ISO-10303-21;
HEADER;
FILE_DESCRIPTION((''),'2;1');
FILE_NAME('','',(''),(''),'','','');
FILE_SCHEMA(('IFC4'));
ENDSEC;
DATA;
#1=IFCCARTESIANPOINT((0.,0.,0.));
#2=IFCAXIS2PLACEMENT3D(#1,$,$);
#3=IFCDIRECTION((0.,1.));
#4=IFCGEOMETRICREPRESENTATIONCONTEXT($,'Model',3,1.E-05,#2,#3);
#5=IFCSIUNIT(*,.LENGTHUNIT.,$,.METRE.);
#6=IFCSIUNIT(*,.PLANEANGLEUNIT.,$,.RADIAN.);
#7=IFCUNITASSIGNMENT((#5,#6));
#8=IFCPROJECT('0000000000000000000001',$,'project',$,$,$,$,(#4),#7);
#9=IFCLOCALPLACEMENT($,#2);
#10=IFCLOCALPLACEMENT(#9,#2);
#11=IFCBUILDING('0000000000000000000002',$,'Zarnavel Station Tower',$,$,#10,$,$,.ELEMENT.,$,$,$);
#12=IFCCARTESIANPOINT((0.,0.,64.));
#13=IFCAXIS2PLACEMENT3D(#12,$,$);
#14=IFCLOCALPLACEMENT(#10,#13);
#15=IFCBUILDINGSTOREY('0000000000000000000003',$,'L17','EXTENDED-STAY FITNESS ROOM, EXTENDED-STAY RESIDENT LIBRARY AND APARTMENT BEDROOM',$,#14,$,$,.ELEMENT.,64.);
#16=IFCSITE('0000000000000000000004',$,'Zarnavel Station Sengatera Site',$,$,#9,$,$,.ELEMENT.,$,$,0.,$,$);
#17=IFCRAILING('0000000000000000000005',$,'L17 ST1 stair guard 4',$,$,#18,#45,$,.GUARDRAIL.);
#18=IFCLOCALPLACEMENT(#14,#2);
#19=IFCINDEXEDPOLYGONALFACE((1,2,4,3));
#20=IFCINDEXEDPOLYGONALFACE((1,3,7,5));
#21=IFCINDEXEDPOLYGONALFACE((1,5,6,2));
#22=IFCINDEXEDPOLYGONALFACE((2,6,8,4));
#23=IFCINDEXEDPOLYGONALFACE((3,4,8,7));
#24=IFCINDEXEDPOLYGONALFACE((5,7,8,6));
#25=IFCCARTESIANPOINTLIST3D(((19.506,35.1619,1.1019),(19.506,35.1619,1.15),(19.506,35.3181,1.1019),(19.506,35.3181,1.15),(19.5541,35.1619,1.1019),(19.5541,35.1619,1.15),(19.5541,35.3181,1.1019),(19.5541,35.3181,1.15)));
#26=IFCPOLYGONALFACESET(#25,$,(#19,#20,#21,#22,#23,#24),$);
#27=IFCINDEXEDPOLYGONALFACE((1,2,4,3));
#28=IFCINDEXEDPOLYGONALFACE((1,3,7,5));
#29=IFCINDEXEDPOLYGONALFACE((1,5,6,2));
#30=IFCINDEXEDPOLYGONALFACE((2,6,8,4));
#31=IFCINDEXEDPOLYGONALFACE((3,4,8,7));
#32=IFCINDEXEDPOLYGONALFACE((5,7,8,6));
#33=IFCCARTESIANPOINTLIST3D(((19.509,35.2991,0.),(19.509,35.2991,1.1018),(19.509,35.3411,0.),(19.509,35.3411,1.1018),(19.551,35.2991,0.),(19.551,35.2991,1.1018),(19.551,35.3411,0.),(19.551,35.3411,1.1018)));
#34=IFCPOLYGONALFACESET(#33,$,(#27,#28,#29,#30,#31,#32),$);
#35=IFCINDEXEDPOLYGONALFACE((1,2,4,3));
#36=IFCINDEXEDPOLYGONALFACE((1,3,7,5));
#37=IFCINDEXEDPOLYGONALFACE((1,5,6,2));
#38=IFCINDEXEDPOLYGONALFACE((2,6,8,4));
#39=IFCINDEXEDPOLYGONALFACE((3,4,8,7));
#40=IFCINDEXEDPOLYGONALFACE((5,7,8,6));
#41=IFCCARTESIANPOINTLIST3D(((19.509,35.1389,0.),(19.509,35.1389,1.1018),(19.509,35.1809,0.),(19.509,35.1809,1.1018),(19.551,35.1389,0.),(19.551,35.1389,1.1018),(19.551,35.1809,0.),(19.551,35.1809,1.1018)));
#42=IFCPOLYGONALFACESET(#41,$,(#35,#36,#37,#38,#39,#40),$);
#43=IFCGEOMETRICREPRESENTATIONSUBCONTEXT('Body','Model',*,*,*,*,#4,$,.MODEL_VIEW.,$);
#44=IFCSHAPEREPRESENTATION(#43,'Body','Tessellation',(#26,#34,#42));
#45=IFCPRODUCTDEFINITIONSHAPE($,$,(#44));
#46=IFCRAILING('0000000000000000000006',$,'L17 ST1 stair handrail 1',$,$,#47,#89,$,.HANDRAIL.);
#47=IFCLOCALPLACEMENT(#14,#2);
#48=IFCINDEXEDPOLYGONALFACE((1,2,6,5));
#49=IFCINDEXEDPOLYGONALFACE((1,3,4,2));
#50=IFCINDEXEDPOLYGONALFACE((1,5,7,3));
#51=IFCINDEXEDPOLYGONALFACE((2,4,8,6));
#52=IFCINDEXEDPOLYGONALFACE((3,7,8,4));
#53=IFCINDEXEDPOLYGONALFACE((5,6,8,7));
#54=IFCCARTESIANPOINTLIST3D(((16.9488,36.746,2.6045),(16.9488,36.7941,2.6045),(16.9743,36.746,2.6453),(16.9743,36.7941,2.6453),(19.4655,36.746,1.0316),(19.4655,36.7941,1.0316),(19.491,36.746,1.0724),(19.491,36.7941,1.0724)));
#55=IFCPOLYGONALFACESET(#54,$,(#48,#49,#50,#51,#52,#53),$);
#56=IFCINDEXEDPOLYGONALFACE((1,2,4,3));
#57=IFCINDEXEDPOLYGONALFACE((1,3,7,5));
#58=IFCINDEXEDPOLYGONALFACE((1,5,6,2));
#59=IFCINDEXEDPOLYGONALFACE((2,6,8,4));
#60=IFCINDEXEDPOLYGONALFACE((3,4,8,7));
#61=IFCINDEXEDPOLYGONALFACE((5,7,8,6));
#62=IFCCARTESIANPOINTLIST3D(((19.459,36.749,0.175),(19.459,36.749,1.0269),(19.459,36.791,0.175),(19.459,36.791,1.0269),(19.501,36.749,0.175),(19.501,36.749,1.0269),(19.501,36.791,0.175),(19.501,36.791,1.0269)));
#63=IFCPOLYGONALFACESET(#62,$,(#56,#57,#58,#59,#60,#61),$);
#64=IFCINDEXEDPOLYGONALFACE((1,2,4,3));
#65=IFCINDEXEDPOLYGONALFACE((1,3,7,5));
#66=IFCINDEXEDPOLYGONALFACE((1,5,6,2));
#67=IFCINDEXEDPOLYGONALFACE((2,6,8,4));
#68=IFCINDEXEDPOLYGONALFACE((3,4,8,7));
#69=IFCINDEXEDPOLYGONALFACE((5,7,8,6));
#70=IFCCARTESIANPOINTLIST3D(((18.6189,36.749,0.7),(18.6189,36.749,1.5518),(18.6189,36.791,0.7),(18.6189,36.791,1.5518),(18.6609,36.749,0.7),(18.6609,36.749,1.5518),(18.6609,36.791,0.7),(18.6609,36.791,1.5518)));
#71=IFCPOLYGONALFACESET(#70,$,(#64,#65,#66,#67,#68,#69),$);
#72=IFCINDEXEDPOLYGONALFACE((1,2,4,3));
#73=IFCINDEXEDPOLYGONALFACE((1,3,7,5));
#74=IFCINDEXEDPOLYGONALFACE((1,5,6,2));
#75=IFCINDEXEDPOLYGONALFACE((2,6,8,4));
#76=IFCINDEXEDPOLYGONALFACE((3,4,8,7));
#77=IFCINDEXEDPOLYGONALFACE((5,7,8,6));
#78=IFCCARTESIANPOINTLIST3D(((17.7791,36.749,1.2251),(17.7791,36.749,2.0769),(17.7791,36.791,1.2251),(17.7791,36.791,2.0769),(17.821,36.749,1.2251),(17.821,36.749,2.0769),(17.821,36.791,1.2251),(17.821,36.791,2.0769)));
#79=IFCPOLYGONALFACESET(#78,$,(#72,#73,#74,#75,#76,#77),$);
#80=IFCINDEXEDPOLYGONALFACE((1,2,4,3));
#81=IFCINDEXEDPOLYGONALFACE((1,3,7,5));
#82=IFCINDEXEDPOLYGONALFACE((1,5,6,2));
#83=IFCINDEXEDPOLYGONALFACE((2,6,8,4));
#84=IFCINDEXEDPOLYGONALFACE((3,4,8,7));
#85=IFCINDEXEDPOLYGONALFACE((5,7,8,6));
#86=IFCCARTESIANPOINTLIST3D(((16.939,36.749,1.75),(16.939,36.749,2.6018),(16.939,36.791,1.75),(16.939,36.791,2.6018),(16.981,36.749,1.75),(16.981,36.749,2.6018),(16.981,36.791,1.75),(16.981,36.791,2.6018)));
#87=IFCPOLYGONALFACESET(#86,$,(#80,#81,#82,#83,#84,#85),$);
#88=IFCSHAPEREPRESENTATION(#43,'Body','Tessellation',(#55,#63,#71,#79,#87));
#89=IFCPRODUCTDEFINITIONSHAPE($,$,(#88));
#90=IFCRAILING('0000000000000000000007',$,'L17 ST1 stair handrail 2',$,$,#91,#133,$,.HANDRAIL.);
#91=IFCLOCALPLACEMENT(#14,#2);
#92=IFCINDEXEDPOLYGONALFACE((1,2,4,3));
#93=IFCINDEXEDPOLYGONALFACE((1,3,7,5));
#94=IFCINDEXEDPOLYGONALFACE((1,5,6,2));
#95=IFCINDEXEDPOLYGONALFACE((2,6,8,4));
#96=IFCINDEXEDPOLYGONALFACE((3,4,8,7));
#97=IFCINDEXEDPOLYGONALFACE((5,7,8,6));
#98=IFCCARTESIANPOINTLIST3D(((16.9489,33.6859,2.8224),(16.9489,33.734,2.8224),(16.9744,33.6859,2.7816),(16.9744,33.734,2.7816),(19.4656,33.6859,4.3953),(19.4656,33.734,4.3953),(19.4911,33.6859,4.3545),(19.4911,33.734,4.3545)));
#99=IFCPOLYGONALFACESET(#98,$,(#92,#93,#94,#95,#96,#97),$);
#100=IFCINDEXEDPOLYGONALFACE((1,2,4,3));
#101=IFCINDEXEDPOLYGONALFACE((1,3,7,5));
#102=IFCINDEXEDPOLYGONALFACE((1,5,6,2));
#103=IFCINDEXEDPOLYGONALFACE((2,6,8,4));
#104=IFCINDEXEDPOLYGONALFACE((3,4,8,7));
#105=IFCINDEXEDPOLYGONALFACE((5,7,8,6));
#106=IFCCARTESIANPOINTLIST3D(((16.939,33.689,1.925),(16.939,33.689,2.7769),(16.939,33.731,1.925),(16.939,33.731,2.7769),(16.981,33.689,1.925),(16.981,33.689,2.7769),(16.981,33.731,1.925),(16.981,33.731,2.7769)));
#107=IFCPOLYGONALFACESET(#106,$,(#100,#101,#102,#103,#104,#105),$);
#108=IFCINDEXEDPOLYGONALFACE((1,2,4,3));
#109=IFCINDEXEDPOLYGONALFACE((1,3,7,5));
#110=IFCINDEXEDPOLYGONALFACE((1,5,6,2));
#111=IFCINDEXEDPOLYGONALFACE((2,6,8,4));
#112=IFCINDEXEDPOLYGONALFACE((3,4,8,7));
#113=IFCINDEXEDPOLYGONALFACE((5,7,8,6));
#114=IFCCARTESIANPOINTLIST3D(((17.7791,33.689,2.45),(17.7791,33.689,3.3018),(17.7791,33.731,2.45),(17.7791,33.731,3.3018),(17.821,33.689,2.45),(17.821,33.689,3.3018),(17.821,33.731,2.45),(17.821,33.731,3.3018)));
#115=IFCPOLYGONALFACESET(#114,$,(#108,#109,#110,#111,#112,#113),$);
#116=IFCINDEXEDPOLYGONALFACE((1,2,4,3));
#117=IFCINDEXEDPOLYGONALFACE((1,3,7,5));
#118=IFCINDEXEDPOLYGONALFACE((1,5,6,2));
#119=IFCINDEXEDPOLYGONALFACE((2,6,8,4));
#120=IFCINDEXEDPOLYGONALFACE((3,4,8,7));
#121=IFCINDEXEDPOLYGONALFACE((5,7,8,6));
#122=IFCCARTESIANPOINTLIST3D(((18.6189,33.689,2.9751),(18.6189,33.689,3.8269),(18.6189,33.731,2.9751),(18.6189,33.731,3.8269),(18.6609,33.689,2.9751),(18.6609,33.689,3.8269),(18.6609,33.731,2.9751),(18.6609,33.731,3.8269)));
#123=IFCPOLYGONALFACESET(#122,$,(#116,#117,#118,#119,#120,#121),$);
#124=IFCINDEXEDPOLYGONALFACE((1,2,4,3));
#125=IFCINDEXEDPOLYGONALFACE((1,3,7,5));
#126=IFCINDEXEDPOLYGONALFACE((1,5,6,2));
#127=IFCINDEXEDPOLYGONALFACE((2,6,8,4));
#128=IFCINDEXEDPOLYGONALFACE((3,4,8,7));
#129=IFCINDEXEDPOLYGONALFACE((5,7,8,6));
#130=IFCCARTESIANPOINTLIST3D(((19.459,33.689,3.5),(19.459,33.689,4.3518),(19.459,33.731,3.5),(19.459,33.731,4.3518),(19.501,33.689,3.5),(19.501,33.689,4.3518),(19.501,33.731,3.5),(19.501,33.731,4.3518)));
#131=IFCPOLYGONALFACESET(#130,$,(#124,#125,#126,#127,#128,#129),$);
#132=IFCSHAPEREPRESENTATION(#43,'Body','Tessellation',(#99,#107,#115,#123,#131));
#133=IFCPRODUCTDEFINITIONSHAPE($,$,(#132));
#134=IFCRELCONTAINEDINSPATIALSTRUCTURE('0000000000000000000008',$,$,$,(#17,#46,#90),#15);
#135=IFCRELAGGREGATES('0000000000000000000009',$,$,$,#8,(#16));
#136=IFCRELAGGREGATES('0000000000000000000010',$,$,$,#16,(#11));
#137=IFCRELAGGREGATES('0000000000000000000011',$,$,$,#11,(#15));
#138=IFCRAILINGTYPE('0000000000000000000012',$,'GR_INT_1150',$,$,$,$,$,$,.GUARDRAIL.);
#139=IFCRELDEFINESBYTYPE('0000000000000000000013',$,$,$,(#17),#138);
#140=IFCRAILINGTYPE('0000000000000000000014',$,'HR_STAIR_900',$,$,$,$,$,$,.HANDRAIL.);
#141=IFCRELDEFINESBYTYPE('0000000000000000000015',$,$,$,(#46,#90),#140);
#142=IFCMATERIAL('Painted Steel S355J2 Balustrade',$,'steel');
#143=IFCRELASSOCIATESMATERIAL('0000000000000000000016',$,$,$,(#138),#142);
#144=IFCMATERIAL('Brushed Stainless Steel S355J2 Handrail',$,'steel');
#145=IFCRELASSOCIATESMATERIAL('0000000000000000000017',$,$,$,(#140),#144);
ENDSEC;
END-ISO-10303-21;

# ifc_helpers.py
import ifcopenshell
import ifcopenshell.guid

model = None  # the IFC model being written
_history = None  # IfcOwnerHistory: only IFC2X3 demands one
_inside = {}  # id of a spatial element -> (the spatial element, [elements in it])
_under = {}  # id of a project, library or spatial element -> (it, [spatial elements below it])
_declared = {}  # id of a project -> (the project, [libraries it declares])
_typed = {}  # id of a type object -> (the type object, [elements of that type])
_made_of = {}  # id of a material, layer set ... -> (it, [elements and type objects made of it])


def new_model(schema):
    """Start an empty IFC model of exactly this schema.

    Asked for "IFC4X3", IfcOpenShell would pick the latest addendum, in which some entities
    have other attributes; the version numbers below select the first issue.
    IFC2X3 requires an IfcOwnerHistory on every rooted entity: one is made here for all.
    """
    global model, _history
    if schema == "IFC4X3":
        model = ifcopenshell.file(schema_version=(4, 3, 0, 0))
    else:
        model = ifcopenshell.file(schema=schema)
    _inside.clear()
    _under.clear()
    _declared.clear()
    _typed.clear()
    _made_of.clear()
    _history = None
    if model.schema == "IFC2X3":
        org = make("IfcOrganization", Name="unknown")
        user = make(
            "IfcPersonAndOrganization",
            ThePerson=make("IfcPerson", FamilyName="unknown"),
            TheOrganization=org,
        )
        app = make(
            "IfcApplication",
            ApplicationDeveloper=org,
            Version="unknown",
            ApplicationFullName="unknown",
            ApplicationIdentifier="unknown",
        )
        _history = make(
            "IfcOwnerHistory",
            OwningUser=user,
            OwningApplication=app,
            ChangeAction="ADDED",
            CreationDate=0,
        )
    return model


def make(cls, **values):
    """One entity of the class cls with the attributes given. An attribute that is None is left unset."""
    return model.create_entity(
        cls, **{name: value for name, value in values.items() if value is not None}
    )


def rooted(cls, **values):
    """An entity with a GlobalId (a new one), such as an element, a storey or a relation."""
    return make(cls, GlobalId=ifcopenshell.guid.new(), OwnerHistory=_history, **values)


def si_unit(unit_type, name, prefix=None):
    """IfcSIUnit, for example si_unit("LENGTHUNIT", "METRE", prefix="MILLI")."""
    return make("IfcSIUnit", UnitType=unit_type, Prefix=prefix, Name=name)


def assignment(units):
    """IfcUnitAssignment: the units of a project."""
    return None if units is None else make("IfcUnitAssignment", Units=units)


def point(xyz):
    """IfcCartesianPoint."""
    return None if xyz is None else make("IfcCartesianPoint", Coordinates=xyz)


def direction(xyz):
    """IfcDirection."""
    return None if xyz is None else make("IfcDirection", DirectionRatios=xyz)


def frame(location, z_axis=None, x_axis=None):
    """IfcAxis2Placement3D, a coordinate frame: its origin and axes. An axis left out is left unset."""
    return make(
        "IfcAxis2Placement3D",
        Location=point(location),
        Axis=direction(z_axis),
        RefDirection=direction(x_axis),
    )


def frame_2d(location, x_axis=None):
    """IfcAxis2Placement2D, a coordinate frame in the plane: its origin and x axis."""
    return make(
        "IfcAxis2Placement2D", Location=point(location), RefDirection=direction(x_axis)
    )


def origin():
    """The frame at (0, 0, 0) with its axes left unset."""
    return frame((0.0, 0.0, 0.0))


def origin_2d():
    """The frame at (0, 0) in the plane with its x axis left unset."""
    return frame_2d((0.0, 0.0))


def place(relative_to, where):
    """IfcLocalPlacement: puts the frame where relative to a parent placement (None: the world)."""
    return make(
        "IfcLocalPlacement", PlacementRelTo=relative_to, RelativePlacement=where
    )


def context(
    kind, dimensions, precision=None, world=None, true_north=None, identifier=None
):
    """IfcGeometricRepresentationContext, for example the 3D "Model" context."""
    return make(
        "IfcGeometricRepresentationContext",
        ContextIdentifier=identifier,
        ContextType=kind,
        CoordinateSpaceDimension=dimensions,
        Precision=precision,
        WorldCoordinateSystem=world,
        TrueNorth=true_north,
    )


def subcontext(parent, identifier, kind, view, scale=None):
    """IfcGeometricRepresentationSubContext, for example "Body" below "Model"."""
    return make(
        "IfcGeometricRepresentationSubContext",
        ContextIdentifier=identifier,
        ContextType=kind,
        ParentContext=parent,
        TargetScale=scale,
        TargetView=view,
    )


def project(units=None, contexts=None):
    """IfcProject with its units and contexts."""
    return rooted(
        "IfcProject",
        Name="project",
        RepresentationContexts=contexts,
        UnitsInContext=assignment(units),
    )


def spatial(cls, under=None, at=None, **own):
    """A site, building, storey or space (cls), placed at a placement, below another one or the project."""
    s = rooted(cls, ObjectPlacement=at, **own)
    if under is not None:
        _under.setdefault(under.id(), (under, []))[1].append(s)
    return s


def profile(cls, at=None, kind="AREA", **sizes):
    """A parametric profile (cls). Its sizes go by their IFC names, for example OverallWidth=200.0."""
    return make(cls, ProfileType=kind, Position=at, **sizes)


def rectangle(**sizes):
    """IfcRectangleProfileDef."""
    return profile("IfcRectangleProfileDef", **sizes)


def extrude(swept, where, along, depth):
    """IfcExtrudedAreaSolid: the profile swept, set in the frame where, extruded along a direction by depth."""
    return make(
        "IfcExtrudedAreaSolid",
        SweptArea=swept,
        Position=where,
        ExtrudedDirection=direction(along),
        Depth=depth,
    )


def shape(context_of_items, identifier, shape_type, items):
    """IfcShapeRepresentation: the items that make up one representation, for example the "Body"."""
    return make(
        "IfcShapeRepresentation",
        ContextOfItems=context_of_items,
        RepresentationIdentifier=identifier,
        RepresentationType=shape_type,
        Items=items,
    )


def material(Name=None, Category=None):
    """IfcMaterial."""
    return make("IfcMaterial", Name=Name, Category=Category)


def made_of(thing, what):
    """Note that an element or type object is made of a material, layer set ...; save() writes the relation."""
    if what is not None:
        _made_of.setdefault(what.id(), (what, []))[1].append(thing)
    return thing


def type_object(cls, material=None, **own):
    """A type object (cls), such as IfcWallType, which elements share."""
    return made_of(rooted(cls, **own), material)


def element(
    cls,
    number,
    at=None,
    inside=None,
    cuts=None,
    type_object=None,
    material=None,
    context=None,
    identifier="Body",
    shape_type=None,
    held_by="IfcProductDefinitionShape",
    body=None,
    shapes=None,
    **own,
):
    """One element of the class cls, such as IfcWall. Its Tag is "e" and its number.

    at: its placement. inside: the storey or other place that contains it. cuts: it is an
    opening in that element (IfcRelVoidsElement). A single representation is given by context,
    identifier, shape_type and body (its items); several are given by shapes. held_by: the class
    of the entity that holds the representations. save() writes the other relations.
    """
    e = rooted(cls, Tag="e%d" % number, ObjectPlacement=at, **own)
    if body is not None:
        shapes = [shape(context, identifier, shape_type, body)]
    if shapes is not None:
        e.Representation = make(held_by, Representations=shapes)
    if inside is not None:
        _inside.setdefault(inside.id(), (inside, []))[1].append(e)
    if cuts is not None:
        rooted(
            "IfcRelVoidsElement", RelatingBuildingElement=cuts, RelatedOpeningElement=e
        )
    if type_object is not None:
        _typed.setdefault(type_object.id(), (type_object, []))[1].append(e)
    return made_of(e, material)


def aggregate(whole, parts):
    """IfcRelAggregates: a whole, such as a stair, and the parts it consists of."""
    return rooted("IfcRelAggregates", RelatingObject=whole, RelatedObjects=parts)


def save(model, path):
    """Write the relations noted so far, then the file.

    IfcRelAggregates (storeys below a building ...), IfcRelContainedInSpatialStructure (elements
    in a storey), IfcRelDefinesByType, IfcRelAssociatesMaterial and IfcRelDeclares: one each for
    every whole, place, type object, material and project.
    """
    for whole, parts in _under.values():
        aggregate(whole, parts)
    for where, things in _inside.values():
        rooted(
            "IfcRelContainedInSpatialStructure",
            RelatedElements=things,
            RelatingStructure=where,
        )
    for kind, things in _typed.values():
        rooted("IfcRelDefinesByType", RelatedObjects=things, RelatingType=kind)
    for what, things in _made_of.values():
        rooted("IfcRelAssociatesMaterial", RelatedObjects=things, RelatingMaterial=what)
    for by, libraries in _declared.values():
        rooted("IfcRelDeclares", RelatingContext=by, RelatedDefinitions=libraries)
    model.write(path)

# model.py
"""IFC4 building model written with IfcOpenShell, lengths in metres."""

from ifc_helpers import new_model, si_unit, direction, frame, origin, origin_2d, place, context, subcontext, project, spatial, rectangle, extrude, material, type_object, element, save


model = new_model("IFC4")

# Units and contexts
model_context = context("Model", 3, precision=1e-05, world=origin(), true_north=direction((0.0, 1.0)))
body_context = subcontext(model_context, "Body", "Model", "MODEL_VIEW")
ifc_project = project(units=[si_unit("LENGTHUNIT", "METRE"), si_unit("PLANEANGLEUNIT", "RADIAN")], contexts=[model_context])

# Site, building, storey
site_placement = place(None, origin())
site = spatial("IfcSite", under=ifc_project, at=site_placement, Name="Zarnavel Station Sengatera Site", CompositionType="ELEMENT", RefElevation=0.0)
building_placement = place(site_placement, origin())
building = spatial("IfcBuilding", under=site, at=building_placement, Name="Zarnavel Station Tower", CompositionType="ELEMENT")
storey_placement = place(building_placement, frame((0.0, 0.0, 64.0)))
storey = spatial("IfcBuildingStorey", under=building, at=storey_placement, Name="L17", Description="EXTENDED-STAY FITNESS ROOM, EXTENDED-STAY RESIDENT LIBRARY AND APARTMENT BEDROOM", CompositionType="ELEMENT", Elevation=64.0)

# Railings
ifc_material_1 = material(Name="Painted Steel S355J2 Balustrade", Category="steel")
railing_type_1 = type_object("IfcRailingType", Name="GR_INT_1150", PredefinedType="GUARDRAIL", material=ifc_material_1)
railing_1_placement = place(storey_placement, frame((19.53, 35.3201, 0.0)))
element("IfcRailing", 1, at=railing_1_placement, inside=storey, type_object=railing_type_1, Name="L17 ST1 stair guard 4", PredefinedType="GUARDRAIL", context=body_context, shape_type="SweptSolid", body=[
    extrude(rectangle(XDim=0.0481, YDim=0.0481, at=origin_2d()), frame((0.0, -0.002, 1.126), z_axis=(0.0, -1.0, 0.0), x_axis=(1.0, 0.0, 0.0)), (0.0, 0.0, 1.0), 0.1562),
    extrude(rectangle(XDim=0.042, YDim=0.042, at=origin_2d()), origin(), (0.0, 0.0, 1.0), 1.1018),
    extrude(rectangle(XDim=0.042, YDim=0.042, at=origin_2d()), frame((0.0, -0.1602, 0.0)), (0.0, 0.0, 1.0), 1.1018),
])
ifc_material_2 = material(Name="Brushed Stainless Steel S355J2 Handrail", Category="steel")
railing_type_2 = type_object("IfcRailingType", Name="HR_STAIR_900", PredefinedType="HANDRAIL", material=ifc_material_2)
railing_2_placement = place(storey_placement, frame((19.48, 36.77, 0.175)))
element("IfcRailing", 2, at=railing_2_placement, inside=storey, type_object=railing_type_2, Name="L17 ST1 stair handrail 1", PredefinedType="HANDRAIL", context=body_context, shape_type="SweptSolid", body=[
    extrude(rectangle(XDim=0.0481, YDim=0.0481, at=origin_2d()), frame((-0.0017, 0.0, 0.877), z_axis=(-0.848008, 0.0, 0.529984), x_axis=(0.0, -1.0, 0.0)), (0.0, 0.0, 1.0), 2.9678),
    extrude(rectangle(XDim=0.042, YDim=0.042, at=origin_2d()), origin(), (0.0, 0.0, 1.0), 0.8518),
    extrude(rectangle(XDim=0.042, YDim=0.042, at=origin_2d()), frame((-0.8401, 0.0, 0.5249)), (0.0, 0.0, 1.0), 0.8518),
    extrude(rectangle(XDim=0.042, YDim=0.042, at=origin_2d()), frame((-1.6799, 0.0, 1.05)), (0.0, 0.0, 1.0), 0.8518),
    extrude(rectangle(XDim=0.042, YDim=0.042, at=origin_2d()), frame((-2.52, 0.0, 1.575)), (0.0, 0.0, 1.0), 0.8518),
])
railing_3_placement = place(storey_placement, frame((16.96, 33.71, 1.925)))
element("IfcRailing", 3, at=railing_3_placement, inside=storey, type_object=railing_type_2, Name="L17 ST1 stair handrail 2", PredefinedType="HANDRAIL", context=body_context, shape_type="SweptSolid", body=[
    extrude(rectangle(XDim=0.0481, YDim=0.0481, at=origin_2d()), frame((0.0017, 0.0, 0.877), z_axis=(0.848008, 0.0, 0.529984), x_axis=(0.0, 1.0, 0.0)), (0.0, 0.0, 1.0), 2.9678),
    extrude(rectangle(XDim=0.042, YDim=0.042, at=origin_2d()), origin(), (0.0, 0.0, 1.0), 0.8518),
    extrude(rectangle(XDim=0.042, YDim=0.042, at=origin_2d()), frame((0.8401, 0.0, 0.5249)), (0.0, 0.0, 1.0), 0.8518),
    extrude(rectangle(XDim=0.042, YDim=0.042, at=origin_2d()), frame((1.6799, 0.0, 1.05)), (0.0, 0.0, 1.0), 0.8518),
    extrude(rectangle(XDim=0.042, YDim=0.042, at=origin_2d()), frame((2.52, 0.0, 1.575)), (0.0, 0.0, 1.0), 0.8518),
])

save(model, "model.ifc")
